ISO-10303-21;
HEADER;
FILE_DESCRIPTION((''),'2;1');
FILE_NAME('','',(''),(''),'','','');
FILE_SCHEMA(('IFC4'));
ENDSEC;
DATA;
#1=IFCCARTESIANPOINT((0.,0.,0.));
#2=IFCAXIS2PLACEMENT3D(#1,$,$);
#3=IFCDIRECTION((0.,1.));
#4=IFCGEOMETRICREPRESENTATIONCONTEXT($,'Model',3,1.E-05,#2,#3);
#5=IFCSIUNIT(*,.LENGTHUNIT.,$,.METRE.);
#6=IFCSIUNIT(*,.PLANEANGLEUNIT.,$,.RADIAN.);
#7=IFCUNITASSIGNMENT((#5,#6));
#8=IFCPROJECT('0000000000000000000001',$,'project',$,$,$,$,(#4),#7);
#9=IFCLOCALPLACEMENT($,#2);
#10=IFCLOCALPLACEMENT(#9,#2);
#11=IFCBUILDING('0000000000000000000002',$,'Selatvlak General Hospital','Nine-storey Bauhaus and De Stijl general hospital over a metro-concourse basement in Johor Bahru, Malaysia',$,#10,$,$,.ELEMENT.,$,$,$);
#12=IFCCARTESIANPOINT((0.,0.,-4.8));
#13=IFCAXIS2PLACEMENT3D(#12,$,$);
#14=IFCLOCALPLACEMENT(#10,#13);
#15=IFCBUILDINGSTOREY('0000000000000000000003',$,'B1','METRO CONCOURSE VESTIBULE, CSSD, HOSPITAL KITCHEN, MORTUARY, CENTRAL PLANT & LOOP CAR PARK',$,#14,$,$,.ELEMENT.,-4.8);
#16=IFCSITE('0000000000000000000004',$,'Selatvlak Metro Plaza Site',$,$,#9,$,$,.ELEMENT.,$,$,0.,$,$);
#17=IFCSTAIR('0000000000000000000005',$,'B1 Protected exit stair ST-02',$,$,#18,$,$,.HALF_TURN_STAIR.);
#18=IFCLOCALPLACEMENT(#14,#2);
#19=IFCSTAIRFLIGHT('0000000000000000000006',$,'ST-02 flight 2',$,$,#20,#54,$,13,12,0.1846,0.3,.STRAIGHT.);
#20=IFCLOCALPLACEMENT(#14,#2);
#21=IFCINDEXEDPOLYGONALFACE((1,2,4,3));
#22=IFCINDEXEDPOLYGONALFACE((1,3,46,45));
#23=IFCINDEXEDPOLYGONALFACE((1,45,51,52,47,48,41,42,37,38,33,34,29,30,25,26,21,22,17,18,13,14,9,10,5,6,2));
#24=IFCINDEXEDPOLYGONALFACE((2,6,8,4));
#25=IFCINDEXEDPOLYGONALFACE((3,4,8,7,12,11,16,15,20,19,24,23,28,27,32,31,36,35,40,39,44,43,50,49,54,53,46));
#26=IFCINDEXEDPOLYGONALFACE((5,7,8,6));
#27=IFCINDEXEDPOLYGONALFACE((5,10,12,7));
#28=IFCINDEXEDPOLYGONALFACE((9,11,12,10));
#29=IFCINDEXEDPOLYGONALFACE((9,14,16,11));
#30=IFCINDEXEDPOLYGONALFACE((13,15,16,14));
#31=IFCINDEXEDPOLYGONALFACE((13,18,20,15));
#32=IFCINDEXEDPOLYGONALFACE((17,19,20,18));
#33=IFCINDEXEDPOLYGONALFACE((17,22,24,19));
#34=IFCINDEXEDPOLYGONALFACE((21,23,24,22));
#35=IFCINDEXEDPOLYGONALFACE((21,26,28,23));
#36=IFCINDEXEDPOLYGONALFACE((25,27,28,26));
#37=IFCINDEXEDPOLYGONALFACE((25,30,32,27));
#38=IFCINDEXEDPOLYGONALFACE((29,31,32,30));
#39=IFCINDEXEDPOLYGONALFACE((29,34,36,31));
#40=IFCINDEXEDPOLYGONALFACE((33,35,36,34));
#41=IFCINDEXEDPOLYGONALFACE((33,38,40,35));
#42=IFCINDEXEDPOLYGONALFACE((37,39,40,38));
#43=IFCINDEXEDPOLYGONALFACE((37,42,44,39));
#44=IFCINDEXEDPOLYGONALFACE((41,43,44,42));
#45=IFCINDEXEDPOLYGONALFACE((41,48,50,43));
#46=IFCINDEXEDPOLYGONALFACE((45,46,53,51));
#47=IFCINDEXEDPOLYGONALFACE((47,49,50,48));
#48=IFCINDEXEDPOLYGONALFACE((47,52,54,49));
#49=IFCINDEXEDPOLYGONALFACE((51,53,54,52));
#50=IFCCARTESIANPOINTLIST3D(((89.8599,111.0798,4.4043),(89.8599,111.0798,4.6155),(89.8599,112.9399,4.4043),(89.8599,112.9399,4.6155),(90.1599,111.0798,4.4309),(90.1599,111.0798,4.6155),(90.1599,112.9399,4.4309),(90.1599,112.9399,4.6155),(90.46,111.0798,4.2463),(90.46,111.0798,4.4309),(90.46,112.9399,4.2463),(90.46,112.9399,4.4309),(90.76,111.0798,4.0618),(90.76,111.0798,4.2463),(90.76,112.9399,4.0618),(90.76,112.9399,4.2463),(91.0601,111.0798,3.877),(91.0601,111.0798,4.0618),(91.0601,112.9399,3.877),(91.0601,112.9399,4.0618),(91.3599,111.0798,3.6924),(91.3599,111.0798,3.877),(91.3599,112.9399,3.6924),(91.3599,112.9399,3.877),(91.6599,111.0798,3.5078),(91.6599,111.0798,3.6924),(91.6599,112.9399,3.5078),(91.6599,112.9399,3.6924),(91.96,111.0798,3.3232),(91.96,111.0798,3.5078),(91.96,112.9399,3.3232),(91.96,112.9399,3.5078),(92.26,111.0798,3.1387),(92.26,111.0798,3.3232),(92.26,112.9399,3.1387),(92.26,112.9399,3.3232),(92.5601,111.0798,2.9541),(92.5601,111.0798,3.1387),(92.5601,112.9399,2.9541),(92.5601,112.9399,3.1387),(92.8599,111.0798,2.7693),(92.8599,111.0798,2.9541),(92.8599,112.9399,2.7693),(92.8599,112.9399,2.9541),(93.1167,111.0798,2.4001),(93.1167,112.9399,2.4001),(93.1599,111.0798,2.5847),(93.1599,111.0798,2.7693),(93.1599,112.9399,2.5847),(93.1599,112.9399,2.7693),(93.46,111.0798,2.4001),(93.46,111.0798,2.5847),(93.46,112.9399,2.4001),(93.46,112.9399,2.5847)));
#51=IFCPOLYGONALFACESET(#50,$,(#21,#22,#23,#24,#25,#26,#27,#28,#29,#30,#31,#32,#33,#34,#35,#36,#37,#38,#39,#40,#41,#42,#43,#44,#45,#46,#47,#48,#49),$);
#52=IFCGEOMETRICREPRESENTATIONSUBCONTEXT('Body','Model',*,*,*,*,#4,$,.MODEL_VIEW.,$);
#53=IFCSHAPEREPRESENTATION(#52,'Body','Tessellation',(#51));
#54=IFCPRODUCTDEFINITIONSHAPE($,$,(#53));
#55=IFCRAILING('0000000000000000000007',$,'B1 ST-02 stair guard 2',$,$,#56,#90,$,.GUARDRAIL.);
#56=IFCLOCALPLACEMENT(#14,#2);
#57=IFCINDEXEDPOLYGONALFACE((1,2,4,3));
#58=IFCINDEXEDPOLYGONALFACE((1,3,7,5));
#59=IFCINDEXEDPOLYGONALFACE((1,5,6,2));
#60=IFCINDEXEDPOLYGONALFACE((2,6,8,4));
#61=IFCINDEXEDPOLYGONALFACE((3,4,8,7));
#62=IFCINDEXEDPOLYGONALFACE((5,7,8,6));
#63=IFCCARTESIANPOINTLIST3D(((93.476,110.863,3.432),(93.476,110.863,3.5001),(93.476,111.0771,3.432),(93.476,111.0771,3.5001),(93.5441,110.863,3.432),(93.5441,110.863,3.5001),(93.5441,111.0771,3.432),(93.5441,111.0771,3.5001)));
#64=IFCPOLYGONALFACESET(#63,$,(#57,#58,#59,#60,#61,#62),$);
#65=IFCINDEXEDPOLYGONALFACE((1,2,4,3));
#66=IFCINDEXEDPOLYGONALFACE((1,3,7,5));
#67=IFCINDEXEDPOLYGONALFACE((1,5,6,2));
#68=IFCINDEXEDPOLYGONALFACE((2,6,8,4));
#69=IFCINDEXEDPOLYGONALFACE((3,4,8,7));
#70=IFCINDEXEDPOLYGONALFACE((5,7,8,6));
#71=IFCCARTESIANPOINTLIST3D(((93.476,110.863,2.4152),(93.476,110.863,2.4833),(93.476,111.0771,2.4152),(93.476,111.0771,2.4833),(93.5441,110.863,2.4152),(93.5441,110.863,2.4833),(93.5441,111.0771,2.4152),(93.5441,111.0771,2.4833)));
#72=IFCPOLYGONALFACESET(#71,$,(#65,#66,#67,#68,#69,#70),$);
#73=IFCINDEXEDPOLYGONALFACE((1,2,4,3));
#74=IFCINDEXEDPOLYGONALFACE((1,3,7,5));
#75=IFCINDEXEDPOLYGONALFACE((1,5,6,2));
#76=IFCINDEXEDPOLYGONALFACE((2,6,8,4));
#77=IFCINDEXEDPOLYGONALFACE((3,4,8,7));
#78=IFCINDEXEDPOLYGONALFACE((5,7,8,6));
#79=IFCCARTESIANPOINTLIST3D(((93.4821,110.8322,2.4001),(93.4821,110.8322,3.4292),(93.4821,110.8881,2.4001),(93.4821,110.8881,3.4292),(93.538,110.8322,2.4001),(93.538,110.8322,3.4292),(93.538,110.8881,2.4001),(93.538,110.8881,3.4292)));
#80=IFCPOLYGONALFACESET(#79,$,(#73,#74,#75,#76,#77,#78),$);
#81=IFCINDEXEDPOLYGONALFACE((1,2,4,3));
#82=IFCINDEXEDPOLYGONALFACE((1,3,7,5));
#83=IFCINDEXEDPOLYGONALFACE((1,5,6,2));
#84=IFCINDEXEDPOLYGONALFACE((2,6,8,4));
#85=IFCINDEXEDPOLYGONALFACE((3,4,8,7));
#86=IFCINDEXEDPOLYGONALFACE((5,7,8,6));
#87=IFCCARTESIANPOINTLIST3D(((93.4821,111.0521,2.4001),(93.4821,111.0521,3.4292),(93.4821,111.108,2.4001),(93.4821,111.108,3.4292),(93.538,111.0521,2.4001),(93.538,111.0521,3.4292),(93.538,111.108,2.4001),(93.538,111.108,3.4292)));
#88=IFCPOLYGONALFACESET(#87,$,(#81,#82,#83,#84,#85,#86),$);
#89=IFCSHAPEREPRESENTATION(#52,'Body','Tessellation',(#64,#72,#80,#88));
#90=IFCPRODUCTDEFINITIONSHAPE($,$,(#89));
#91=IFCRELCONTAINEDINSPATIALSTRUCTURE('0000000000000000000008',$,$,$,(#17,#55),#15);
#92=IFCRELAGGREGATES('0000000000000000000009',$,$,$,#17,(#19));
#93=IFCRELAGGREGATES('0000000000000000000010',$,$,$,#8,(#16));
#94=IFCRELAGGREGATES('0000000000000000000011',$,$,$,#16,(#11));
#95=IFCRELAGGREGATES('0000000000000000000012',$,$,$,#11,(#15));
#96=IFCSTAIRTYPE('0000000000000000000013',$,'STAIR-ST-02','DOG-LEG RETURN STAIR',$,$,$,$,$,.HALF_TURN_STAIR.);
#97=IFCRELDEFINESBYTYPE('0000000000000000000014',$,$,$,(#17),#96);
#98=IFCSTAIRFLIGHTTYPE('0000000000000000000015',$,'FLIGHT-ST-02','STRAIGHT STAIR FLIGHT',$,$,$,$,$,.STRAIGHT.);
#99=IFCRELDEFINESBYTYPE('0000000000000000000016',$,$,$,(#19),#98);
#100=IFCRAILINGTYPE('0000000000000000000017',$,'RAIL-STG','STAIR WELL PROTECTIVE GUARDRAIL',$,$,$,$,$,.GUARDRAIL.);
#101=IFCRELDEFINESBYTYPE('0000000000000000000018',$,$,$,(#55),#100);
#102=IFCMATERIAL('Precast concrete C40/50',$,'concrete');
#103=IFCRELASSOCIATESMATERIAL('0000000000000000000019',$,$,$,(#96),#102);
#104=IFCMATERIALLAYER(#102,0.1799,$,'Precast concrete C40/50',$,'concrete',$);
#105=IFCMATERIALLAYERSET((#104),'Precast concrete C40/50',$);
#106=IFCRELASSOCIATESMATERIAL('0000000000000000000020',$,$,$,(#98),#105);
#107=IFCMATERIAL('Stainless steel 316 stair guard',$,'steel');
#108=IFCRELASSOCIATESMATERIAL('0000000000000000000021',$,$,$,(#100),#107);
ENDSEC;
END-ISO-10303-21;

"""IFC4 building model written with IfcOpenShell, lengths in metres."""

from ifc_helpers import new_model, si_unit, direction, frame, origin, origin_2d, place, context, subcontext, project, spatial, polyline, rectangle, outline, extrude, material, layer, layer_set, type_object, element, aggregate, save


model = new_model("IFC4")

# Units and contexts
model_context = context("Model", 3, precision=1e-05, world=origin(), true_north=direction((0.0, 1.0)))
body_context = subcontext(model_context, "Body", "Model", "MODEL_VIEW")
ifc_project = project(units=[si_unit("LENGTHUNIT", "METRE"), si_unit("PLANEANGLEUNIT", "RADIAN")], contexts=[model_context])

# Site, building, storey
site_placement = place(None, origin())
site = spatial("IfcSite", under=ifc_project, at=site_placement, Name="Selatvlak Metro Plaza Site", CompositionType="ELEMENT", RefElevation=0.0)
building_placement = place(site_placement, origin())
building = spatial("IfcBuilding", under=site, at=building_placement, Name="Selatvlak General Hospital", Description="Nine-storey Bauhaus and De Stijl general hospital over a metro-concourse basement in Johor Bahru, Malaysia", CompositionType="ELEMENT")
storey_placement = place(building_placement, frame((0.0, 0.0, -4.8)))
storey = spatial("IfcBuildingStorey", under=building, at=storey_placement, Name="B1", Description="METRO CONCOURSE VESTIBULE, CSSD, HOSPITAL KITCHEN, MORTUARY, CENTRAL PLANT & LOOP CAR PARK", CompositionType="ELEMENT", Elevation=-4.8)

# Stair, stair flight
ifc_material_1 = material(Name="Precast concrete C40/50", Category="concrete")
stair_type = type_object("IfcStairType", Name="STAIR-ST-02", Description="DOG-LEG RETURN STAIR", PredefinedType="HALF_TURN_STAIR", material=ifc_material_1)
stair_placement = place(storey_placement, origin())
stair = element("IfcStair", 1, at=stair_placement, inside=storey, type_object=stair_type, Name="B1 Protected exit stair ST-02", PredefinedType="HALF_TURN_STAIR")
ifc_layer_1 = layer(ifc_material_1, 0.1799, Name="Precast concrete C40/50", Category="concrete")
ifc_layer_set_1 = layer_set([ifc_layer_1], Name="Precast concrete C40/50")
stair_flight_type = type_object("IfcStairFlightType", Name="FLIGHT-ST-02", Description="STRAIGHT STAIR FLIGHT", PredefinedType="STRAIGHT", material=ifc_layer_set_1)
stair_flight_placement = place(storey_placement, frame((93.46, 112.01, 2.4001), z_axis=(0.0, 0.0, 1.0), x_axis=(-1.0, 0.0, 0.0)))
stair_flight = element("IfcStairFlight", 2, at=stair_flight_placement, type_object=stair_flight_type, Name="ST-02 flight 2", NumberOfRisers=13, NumberOfTreads=12, PredefinedType="STRAIGHT", RiserHeight=0.1846, TreadLength=0.3, context=body_context, shape_type="SweptSolid", body=[
    extrude(outline(polyline([(0.0, 0.0), (0.0, 0.1846), (0.3, 0.1846), (0.3, 0.3691), (0.6001, 0.3691), (0.6001, 0.554), (0.8999, 0.554), (0.8999, 0.7385), (1.2, 0.7385), (1.2, 0.9231), (1.5, 0.9231), (1.5, 1.1077), (1.8, 1.1077), (1.8, 1.2922), (2.1001, 1.2922), (2.1001, 1.4768), (2.3999, 1.4768), (2.3999, 1.6616), (2.7, 1.6616), (2.7, 1.8462), (3.0, 1.8462), (3.0, 2.0308), (3.3, 2.0308), (3.3, 2.2153), (3.6001, 2.2153), (3.6001, 2.3999), (3.6001, 2.0042), (0.3433, 0.0), (0.0, 0.0)])), frame((0.0, 0.9302, 0.0), z_axis=(0.0, -1.0, 0.0), x_axis=(1.0, 0.0, 0.0)), (0.0, 0.0, 1.0), 1.8601),
])
aggregate(stair, [stair_flight])

# Railing
ifc_material_2 = material(Name="Stainless steel 316 stair guard", Category="steel")
railing_type_1 = type_object("IfcRailingType", Name="RAIL-STG", Description="STAIR WELL PROTECTIVE GUARDRAIL", PredefinedType="GUARDRAIL", material=ifc_material_2)
railing_1_placement = place(storey_placement, frame((93.51, 110.8601, 2.4001)))
element("IfcRailing", 3, at=railing_1_placement, inside=storey, type_object=railing_type_1, Name="B1 ST-02 stair guard 2", PredefinedType="GUARDRAIL", context=body_context, shape_type="SweptSolid", body=[
    extrude(rectangle(XDim=0.0681, YDim=0.0681, at=origin_2d()), frame((0.0, 0.0029, 1.0659), z_axis=(0.0, 1.0, 0.0), x_axis=(-1.0, 0.0, 0.0)), (0.0, 0.0, 1.0), 0.2141),
    extrude(rectangle(XDim=0.0681, YDim=0.0681, at=origin_2d()), frame((0.0, 0.0029, 0.0491), z_axis=(0.0, 1.0, 0.0), x_axis=(-1.0, 0.0, 0.0)), (0.0, 0.0, 1.0), 0.2141),
    extrude(rectangle(XDim=0.0559, YDim=0.0559, at=origin_2d()), origin(), (0.0, 0.0, 1.0), 1.0291),
    extrude(rectangle(XDim=0.0559, YDim=0.0559, at=origin_2d()), frame((0.0, 0.22, 0.0)), (0.0, 0.0, 1.0), 1.0291),
])

save(model, "model.ifc")
